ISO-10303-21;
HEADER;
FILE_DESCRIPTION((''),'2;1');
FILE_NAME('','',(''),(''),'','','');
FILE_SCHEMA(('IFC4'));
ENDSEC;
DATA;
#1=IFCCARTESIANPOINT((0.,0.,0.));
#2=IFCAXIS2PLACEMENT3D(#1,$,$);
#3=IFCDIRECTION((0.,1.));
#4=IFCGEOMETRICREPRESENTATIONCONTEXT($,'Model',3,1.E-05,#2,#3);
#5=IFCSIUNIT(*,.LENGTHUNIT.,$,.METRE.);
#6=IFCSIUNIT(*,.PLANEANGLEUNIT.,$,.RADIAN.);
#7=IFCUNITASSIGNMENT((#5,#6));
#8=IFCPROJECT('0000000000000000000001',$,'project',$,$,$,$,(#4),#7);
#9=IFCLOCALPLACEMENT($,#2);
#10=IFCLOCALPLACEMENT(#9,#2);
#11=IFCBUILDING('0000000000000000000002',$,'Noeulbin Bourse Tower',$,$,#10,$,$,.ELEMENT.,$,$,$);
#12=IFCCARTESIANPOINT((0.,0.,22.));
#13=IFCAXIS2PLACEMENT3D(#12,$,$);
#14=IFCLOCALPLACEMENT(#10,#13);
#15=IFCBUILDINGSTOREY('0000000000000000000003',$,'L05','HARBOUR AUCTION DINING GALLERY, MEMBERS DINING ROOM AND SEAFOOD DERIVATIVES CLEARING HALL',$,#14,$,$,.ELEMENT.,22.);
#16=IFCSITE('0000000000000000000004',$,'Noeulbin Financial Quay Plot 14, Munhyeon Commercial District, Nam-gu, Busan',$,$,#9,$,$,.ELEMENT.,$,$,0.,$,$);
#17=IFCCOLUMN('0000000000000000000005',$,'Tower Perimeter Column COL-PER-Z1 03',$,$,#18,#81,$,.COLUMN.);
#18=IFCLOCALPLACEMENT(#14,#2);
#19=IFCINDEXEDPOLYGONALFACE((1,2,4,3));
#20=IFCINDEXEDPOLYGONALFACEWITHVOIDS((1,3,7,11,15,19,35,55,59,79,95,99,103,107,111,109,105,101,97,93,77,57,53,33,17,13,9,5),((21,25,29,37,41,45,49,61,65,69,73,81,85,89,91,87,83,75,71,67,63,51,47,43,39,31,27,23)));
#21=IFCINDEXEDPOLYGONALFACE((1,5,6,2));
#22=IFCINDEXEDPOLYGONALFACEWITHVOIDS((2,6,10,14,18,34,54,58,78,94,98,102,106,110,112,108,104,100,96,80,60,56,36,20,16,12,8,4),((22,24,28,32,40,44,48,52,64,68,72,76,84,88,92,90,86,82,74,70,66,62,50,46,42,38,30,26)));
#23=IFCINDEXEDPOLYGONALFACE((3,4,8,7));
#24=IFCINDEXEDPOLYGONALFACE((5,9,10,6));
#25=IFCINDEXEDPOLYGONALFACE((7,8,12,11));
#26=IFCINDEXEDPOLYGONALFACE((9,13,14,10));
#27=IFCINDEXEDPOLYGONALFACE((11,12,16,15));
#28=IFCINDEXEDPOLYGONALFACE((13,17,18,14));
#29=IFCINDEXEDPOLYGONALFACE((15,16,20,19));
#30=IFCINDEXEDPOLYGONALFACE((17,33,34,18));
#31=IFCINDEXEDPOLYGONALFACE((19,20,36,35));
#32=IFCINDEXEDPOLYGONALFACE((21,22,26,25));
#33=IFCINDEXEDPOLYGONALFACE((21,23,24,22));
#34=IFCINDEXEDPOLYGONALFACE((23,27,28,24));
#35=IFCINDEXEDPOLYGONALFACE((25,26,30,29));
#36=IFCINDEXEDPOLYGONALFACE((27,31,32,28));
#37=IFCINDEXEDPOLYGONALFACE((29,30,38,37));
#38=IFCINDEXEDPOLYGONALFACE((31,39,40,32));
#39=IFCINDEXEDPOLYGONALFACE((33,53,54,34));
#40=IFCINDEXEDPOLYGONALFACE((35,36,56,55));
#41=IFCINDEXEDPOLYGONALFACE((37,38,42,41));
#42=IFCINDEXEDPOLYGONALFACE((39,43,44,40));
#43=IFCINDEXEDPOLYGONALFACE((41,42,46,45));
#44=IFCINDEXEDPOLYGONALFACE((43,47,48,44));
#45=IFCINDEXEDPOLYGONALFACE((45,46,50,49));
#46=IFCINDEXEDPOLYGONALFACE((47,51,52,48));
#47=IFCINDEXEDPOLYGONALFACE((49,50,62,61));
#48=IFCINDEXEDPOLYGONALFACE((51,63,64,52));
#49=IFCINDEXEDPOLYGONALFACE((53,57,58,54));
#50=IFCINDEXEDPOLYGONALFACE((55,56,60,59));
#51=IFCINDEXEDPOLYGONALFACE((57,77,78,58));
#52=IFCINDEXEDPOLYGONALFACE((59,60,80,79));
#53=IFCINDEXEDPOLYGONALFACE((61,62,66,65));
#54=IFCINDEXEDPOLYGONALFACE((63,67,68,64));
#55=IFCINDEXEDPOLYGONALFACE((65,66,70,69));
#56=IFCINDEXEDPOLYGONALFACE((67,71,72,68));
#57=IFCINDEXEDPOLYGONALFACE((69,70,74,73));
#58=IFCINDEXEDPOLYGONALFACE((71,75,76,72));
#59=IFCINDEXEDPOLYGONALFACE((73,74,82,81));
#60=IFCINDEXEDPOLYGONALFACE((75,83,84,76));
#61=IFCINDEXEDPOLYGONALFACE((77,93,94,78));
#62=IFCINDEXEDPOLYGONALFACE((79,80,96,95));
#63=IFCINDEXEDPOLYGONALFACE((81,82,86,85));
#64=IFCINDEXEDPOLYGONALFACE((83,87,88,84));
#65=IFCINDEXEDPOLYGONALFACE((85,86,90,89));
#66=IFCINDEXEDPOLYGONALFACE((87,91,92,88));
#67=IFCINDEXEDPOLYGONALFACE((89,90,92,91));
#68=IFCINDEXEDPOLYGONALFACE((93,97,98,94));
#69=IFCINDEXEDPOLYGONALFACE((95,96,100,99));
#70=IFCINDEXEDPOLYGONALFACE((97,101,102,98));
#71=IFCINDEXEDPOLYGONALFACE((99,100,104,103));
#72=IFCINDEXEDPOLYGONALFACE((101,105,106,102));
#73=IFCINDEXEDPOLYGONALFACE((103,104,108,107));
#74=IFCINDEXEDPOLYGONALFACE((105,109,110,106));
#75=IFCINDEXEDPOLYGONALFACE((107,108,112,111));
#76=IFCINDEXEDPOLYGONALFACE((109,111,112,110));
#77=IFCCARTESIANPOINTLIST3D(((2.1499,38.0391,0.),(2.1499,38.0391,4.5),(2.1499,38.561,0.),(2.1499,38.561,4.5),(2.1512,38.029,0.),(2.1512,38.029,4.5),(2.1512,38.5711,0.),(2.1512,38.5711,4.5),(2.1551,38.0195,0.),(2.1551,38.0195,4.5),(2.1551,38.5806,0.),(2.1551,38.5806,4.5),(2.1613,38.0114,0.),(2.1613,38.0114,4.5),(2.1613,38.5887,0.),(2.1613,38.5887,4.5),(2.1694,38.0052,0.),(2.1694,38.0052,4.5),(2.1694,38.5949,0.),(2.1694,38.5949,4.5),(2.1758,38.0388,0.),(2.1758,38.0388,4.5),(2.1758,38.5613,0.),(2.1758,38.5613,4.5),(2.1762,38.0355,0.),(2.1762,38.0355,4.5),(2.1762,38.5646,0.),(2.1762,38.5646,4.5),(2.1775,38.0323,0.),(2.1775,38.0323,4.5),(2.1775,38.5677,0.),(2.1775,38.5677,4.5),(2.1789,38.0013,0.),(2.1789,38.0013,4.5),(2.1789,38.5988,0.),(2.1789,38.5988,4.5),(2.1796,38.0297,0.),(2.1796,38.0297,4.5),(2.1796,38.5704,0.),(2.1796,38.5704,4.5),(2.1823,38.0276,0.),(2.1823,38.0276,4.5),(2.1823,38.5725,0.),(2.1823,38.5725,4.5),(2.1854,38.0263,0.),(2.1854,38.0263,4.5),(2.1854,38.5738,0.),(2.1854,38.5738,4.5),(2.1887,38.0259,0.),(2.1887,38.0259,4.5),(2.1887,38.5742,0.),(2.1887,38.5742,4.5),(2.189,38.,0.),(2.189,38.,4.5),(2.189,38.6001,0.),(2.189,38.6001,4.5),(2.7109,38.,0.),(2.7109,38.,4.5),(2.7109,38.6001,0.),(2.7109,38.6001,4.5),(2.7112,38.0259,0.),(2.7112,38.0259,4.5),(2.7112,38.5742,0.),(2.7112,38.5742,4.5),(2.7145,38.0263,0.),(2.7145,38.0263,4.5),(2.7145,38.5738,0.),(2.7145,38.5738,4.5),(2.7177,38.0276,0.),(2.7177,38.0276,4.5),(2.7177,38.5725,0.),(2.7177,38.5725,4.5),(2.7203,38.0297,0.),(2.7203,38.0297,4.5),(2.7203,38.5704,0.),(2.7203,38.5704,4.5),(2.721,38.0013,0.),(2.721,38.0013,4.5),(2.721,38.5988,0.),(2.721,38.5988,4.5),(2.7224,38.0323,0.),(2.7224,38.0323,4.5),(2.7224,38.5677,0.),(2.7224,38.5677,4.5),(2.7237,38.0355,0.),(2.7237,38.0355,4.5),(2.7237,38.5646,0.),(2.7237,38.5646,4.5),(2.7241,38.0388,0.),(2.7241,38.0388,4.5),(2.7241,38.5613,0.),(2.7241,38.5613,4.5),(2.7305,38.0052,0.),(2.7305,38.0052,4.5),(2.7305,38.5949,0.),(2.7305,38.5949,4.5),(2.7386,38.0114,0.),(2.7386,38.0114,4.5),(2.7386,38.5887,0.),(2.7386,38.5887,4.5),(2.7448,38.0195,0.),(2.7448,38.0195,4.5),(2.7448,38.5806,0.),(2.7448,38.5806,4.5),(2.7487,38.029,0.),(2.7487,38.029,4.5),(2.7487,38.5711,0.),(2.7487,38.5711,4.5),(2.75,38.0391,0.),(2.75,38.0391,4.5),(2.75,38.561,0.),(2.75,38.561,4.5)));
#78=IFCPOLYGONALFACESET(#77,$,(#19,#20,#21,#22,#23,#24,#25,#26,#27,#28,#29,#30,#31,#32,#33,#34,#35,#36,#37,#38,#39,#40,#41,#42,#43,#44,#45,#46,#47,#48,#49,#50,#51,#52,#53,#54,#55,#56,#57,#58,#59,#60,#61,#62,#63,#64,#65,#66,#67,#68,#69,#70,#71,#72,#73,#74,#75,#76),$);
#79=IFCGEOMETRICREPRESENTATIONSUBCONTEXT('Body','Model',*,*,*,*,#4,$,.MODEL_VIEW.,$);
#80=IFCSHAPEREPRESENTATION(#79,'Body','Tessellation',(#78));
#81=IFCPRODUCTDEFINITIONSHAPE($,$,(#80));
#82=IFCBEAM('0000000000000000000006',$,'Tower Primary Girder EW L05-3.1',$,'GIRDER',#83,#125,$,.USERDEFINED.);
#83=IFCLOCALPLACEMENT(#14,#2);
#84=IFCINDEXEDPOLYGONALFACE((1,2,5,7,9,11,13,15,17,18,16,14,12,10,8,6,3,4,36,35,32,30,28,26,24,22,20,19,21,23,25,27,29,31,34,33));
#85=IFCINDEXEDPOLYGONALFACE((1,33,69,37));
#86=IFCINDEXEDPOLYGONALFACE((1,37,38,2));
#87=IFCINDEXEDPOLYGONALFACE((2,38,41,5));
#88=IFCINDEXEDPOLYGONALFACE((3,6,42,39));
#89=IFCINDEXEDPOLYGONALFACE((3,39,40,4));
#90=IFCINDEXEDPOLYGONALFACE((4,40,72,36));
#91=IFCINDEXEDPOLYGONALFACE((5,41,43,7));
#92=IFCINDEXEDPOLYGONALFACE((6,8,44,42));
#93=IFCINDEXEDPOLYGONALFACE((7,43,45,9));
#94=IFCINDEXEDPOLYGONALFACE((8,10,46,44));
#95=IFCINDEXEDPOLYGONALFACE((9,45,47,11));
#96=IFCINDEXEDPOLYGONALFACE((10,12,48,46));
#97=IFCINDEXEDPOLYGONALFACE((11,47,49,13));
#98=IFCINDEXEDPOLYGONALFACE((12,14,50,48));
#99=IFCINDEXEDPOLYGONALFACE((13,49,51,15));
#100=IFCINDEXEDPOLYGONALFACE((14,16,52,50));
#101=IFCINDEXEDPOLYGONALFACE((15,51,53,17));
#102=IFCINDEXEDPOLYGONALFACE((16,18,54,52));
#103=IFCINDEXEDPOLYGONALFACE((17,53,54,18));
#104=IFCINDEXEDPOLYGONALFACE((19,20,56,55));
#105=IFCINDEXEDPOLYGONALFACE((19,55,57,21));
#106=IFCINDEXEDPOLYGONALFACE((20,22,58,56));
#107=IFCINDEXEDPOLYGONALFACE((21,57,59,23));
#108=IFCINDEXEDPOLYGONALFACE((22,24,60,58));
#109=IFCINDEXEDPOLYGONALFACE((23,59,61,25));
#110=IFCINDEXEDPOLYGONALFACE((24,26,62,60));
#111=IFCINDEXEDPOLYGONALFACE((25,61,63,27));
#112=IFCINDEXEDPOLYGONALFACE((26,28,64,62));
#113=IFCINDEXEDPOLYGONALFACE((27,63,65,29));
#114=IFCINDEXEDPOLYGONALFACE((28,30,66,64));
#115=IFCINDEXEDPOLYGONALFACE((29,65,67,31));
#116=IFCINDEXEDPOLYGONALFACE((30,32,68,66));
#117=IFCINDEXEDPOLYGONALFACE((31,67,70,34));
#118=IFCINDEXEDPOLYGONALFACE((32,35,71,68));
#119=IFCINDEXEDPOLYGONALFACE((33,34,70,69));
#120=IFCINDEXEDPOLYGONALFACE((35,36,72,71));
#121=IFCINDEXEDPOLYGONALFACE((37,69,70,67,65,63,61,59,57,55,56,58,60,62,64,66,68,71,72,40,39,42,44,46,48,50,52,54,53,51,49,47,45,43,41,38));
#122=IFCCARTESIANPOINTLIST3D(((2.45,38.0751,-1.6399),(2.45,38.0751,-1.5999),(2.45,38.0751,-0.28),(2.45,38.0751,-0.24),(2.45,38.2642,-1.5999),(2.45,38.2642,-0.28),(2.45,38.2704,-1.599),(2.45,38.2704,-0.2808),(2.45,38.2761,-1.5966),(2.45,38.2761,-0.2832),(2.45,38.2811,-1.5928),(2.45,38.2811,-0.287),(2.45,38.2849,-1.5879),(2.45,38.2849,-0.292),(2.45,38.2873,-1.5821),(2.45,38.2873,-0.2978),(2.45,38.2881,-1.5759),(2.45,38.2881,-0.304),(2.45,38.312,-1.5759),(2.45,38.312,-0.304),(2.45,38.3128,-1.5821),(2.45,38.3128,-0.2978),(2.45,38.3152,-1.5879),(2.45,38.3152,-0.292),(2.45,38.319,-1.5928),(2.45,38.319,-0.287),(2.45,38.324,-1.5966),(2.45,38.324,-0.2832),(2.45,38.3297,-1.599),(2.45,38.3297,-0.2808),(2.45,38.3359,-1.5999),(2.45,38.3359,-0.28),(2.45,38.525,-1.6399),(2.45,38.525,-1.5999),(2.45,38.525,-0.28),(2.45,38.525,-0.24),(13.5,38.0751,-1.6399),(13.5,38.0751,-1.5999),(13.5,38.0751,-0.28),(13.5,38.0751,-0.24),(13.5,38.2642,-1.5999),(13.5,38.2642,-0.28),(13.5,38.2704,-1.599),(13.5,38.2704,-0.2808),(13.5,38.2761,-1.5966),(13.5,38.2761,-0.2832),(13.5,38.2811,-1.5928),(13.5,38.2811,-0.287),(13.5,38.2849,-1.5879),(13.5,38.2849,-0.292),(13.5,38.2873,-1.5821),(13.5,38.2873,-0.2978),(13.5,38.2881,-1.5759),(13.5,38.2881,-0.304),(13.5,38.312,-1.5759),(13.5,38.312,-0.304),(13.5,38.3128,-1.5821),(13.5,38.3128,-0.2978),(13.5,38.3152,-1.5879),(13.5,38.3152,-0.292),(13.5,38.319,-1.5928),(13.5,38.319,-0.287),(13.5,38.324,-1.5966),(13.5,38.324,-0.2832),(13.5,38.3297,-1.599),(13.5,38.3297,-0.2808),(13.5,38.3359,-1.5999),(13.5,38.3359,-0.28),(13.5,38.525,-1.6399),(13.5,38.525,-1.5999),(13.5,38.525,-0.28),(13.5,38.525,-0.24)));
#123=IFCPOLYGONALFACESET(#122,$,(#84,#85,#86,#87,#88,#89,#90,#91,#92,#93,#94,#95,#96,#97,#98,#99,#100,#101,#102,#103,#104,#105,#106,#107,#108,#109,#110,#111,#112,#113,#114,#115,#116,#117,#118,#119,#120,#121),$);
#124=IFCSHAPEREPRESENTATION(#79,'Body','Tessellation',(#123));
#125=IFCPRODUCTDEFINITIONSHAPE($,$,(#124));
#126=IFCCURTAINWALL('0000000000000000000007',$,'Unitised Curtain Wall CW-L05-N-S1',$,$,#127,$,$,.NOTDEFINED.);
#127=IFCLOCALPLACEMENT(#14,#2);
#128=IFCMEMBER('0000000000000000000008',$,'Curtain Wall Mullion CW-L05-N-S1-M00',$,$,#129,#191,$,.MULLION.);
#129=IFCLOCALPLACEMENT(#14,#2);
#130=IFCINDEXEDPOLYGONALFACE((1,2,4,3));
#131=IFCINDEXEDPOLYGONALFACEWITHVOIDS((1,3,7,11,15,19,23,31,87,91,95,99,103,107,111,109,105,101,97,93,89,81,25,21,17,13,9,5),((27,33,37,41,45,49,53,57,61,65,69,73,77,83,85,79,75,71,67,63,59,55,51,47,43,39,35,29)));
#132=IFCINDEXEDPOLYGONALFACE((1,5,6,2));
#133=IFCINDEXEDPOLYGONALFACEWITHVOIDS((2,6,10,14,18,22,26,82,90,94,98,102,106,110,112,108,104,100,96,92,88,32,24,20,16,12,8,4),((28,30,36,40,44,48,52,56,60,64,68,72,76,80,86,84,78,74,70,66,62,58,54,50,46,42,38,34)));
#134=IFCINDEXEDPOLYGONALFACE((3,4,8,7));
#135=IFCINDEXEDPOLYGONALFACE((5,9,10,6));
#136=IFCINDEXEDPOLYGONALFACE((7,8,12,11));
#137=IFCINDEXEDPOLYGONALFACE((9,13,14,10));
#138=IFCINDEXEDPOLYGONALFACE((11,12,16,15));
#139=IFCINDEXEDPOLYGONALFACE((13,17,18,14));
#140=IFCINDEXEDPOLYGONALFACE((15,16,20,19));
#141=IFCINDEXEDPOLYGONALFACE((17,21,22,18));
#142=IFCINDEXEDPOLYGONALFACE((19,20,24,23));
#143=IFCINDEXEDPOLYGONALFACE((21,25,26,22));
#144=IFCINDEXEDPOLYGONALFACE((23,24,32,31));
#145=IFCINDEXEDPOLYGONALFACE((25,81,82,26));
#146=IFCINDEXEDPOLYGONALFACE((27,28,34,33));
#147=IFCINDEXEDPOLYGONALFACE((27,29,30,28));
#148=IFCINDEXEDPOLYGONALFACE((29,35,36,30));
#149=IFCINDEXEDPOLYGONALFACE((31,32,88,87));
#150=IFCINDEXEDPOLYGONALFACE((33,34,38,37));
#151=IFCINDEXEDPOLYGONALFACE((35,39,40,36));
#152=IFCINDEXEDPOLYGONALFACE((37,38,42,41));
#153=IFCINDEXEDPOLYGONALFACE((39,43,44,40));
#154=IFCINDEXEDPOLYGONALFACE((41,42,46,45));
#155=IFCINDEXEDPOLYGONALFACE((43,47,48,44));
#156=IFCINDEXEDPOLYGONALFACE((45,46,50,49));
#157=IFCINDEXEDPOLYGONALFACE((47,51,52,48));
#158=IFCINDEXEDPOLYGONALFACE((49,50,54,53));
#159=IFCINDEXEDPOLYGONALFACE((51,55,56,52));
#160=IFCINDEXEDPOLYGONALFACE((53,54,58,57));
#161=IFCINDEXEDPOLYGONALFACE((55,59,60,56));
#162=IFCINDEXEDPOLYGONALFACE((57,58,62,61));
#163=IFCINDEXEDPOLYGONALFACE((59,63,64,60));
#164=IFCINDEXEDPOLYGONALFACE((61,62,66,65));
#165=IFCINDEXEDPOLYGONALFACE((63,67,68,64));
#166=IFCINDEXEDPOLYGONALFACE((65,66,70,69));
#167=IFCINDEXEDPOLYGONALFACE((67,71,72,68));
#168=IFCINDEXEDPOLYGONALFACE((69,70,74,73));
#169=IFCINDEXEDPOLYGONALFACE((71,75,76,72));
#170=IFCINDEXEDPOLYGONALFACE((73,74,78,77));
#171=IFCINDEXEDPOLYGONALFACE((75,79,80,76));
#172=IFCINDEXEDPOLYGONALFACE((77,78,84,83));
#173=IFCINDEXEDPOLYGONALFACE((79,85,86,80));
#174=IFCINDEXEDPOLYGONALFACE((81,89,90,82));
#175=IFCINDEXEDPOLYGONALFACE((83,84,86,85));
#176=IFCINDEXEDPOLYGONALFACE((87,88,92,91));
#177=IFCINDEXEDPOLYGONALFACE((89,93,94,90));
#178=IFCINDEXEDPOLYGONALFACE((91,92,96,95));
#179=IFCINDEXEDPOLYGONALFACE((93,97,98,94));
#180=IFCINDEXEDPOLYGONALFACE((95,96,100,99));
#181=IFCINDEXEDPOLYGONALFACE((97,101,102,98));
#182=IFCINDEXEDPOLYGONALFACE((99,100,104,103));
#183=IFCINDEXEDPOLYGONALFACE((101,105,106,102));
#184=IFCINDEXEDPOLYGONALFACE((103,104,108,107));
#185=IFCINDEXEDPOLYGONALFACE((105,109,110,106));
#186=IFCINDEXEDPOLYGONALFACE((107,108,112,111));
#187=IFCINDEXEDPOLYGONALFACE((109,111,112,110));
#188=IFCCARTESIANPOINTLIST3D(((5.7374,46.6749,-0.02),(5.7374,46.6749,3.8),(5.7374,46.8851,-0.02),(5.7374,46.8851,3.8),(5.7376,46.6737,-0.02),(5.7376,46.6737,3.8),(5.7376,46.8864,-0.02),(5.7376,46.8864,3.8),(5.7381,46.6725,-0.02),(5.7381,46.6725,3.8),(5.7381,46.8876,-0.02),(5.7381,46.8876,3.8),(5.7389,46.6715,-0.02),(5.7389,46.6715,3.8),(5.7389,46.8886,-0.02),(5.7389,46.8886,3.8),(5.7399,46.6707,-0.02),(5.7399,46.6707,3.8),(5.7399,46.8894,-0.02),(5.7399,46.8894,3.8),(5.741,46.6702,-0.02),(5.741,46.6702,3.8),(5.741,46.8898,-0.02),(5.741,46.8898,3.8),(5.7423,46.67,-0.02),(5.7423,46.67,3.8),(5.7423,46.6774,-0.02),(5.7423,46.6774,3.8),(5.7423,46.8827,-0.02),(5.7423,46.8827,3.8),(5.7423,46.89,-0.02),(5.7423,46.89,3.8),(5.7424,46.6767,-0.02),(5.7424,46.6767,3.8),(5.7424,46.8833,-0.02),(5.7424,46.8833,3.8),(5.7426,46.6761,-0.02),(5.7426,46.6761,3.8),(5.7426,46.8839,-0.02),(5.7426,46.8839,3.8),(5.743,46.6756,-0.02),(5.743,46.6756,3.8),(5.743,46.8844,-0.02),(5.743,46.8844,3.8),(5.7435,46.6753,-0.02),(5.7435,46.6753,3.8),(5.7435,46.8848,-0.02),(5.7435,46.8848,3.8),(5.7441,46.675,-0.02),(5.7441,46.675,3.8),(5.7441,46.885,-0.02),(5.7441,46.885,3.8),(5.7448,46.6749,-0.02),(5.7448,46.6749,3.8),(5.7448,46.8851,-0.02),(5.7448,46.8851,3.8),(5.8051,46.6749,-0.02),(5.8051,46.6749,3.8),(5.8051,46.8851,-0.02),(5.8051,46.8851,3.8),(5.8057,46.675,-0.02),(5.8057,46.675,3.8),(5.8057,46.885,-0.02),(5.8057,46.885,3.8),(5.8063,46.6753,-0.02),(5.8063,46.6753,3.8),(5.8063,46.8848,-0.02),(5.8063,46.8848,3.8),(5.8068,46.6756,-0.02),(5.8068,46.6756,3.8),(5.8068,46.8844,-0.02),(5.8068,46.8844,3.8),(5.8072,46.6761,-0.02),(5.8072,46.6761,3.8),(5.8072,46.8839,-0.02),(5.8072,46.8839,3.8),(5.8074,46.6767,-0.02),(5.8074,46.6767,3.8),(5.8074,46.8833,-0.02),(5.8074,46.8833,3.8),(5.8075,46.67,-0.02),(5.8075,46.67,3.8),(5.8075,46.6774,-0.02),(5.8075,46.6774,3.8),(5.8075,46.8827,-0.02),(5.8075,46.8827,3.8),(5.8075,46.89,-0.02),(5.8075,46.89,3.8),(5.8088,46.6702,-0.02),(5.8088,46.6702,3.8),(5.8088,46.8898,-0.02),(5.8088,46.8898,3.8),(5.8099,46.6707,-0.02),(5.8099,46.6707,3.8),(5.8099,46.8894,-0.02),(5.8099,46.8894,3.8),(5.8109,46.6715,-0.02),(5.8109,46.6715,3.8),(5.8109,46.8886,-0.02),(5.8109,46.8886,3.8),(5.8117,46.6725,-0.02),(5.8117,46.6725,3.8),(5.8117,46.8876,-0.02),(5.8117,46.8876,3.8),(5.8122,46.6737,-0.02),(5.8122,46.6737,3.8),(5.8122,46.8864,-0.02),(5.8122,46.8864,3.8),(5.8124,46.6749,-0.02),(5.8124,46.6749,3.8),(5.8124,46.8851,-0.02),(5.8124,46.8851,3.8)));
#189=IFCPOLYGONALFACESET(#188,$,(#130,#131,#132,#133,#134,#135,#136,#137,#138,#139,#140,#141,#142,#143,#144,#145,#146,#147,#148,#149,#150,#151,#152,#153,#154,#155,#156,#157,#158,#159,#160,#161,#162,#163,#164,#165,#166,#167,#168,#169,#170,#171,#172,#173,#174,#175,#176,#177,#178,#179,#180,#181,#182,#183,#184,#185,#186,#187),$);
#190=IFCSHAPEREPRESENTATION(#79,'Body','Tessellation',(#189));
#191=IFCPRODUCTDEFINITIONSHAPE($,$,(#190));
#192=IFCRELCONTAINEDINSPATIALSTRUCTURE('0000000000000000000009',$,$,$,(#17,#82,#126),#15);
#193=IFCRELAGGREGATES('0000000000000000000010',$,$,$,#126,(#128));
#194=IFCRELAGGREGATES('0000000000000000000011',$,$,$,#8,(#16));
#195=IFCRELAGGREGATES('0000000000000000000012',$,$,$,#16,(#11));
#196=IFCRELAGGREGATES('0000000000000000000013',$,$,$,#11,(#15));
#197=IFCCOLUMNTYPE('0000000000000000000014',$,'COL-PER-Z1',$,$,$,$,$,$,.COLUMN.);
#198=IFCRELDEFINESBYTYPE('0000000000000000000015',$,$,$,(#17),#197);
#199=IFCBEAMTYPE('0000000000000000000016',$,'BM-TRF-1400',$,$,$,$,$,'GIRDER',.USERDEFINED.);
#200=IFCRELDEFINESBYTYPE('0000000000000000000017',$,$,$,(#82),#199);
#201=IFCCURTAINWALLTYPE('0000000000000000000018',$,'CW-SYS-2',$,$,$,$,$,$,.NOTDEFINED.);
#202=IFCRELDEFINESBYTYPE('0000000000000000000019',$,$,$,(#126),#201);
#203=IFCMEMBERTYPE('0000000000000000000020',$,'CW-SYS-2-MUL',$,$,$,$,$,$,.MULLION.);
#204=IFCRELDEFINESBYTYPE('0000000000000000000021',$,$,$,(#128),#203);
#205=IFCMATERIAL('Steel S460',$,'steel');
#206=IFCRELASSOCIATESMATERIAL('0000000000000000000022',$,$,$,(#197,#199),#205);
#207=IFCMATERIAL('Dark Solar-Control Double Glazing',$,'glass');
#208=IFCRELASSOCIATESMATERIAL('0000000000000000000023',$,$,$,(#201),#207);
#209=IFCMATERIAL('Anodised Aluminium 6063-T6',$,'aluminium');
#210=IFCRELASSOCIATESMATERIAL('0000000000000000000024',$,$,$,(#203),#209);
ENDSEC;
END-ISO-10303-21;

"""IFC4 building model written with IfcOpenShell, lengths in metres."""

from ifc_helpers import new_model, si_unit, direction, frame, origin, origin_2d, place, context, subcontext, project, spatial, hollow_rectangle, i_section, extrude, material, material_profile, profile_set, type_object, element, aggregate, save


model = new_model("IFC4")

# Units and contexts
model_context = context("Model", 3, precision=1e-05, world=origin(), true_north=direction((0.0, 1.0)))
body_context = subcontext(model_context, "Body", "Model", "MODEL_VIEW")
ifc_project = project(units=[si_unit("LENGTHUNIT", "METRE"), si_unit("PLANEANGLEUNIT", "RADIAN")], contexts=[model_context])

# Site, building, storey
site_placement = place(None, origin())
site = spatial("IfcSite", under=ifc_project, at=site_placement, Name="Noeulbin Financial Quay Plot 14, Munhyeon Commercial District, Nam-gu, Busan", CompositionType="ELEMENT", RefElevation=0.0)
building_placement = place(site_placement, origin())
building = spatial("IfcBuilding", under=site, at=building_placement, Name="Noeulbin Bourse Tower", CompositionType="ELEMENT")
storey_placement = place(building_placement, frame((0.0, 0.0, 22.0)))
storey = spatial("IfcBuildingStorey", under=building, at=storey_placement, Name="L05", Description="HARBOUR AUCTION DINING GALLERY, MEMBERS DINING ROOM AND SEAFOOD DERIVATIVES CLEARING HALL", CompositionType="ELEMENT", Elevation=22.0)

# Column
ifc_material_1 = material(Name="Steel S460", Category="steel")
ifc_material_profile_1 = material_profile(ifc_material_1, hollow_rectangle(XDim=0.6001, YDim=0.6001, WallThickness=0.0259, InnerFilletRadius=0.0129, OuterFilletRadius=0.0391, at=origin_2d()), Name="BOX-600x600x26", Category="LoadBearing")
ifc_profile_set_1 = profile_set([ifc_material_profile_1], Name="Steel S460")
column_type = type_object("IfcColumnType", Name="COL-PER-Z1", PredefinedType="COLUMN", material=ifc_profile_set_1)
column_placement = place(storey_placement, frame((2.45, 38.3, 0.0), z_axis=(0.0, 0.0, 1.0), x_axis=(1.0, 0.0, 0.0)))
element("IfcColumn", 1, at=column_placement, inside=storey, type_object=column_type, Name="Tower Perimeter Column COL-PER-Z1 03", PredefinedType="COLUMN", context=body_context, shape_type="SweptSolid", body=[
    extrude(hollow_rectangle(XDim=0.6001, YDim=0.6001, WallThickness=0.0259, InnerFilletRadius=0.0129, OuterFilletRadius=0.0391, at=origin_2d()), origin(), (0.0, 0.0, 1.0), 4.5),
])

# Beam
ifc_material_profile_2 = material_profile(ifc_material_1, i_section(OverallWidth=0.45, OverallDepth=1.3999, WebThickness=0.0239, FlangeThickness=0.04, FilletRadius=0.0239, at=origin_2d()), Name="PG-1400x450x24x40", Category="LoadBearing")
ifc_profile_set_2 = profile_set([ifc_material_profile_2], Name="Steel S460")
beam_type = type_object("IfcBeamType", Name="BM-TRF-1400", ElementType="GIRDER", PredefinedType="USERDEFINED", material=ifc_profile_set_2)
beam_placement = place(storey_placement, frame((2.45, 38.3, -0.9399), z_axis=(1.0, 0.0, 0.0), x_axis=(0.0, 1.0, 0.0)))
element("IfcBeam", 2, at=beam_placement, inside=storey, type_object=beam_type, Name="Tower Primary Girder EW L05-3.1", ObjectType="GIRDER", PredefinedType="USERDEFINED", context=body_context, shape_type="SweptSolid", body=[
    extrude(i_section(OverallWidth=0.45, OverallDepth=1.3999, WebThickness=0.0239, FlangeThickness=0.04, FilletRadius=0.0239, at=origin_2d()), origin(), (0.0, 0.0, 1.0), 11.05),
])

# Curtain wall, member
ifc_material_2 = material(Name="Dark Solar-Control Double Glazing", Category="glass")
curtain_wall_type = type_object("IfcCurtainWallType", Name="CW-SYS-2", PredefinedType="NOTDEFINED", material=ifc_material_2)
curtain_wall_1_placement = place(storey_placement, origin())
curtain_wall_1 = element("IfcCurtainWall", 3, at=curtain_wall_1_placement, inside=storey, type_object=curtain_wall_type, Name="Unitised Curtain Wall CW-L05-N-S1", PredefinedType="NOTDEFINED")
ifc_material_3 = material(Name="Anodised Aluminium 6063-T6", Category="aluminium")
ifc_material_profile_3 = material_profile(ifc_material_3, hollow_rectangle(XDim=0.075, YDim=0.22, WallThickness=0.0049, InnerFilletRadius=0.0024, OuterFilletRadius=0.0049, at=origin_2d()), Name="ALU-MULL-75x220x5", Category="LoadBearing")
ifc_profile_set_3 = profile_set([ifc_material_profile_3], Name="Anodised Aluminium 6063-T6")
member_type_1 = type_object("IfcMemberType", Name="CW-SYS-2-MUL", PredefinedType="MULLION", material=ifc_profile_set_3)
member_1_placement = place(storey_placement, frame((5.7749, 46.78, -0.02), z_axis=(0.0, 0.0, 1.0), x_axis=(1.0, 0.0, 0.0)))
member_1 = element("IfcMember", 4, at=member_1_placement, type_object=member_type_1, Name="Curtain Wall Mullion CW-L05-N-S1-M00", PredefinedType="MULLION", context=body_context, shape_type="SweptSolid", body=[
    extrude(hollow_rectangle(XDim=0.075, YDim=0.22, WallThickness=0.0049, InnerFilletRadius=0.0024, OuterFilletRadius=0.0049, at=origin_2d()), origin(), (0.0, 0.0, 1.0), 3.8201),
])

aggregate(curtain_wall_1, [member_1])

save(model, "model.ifc")
